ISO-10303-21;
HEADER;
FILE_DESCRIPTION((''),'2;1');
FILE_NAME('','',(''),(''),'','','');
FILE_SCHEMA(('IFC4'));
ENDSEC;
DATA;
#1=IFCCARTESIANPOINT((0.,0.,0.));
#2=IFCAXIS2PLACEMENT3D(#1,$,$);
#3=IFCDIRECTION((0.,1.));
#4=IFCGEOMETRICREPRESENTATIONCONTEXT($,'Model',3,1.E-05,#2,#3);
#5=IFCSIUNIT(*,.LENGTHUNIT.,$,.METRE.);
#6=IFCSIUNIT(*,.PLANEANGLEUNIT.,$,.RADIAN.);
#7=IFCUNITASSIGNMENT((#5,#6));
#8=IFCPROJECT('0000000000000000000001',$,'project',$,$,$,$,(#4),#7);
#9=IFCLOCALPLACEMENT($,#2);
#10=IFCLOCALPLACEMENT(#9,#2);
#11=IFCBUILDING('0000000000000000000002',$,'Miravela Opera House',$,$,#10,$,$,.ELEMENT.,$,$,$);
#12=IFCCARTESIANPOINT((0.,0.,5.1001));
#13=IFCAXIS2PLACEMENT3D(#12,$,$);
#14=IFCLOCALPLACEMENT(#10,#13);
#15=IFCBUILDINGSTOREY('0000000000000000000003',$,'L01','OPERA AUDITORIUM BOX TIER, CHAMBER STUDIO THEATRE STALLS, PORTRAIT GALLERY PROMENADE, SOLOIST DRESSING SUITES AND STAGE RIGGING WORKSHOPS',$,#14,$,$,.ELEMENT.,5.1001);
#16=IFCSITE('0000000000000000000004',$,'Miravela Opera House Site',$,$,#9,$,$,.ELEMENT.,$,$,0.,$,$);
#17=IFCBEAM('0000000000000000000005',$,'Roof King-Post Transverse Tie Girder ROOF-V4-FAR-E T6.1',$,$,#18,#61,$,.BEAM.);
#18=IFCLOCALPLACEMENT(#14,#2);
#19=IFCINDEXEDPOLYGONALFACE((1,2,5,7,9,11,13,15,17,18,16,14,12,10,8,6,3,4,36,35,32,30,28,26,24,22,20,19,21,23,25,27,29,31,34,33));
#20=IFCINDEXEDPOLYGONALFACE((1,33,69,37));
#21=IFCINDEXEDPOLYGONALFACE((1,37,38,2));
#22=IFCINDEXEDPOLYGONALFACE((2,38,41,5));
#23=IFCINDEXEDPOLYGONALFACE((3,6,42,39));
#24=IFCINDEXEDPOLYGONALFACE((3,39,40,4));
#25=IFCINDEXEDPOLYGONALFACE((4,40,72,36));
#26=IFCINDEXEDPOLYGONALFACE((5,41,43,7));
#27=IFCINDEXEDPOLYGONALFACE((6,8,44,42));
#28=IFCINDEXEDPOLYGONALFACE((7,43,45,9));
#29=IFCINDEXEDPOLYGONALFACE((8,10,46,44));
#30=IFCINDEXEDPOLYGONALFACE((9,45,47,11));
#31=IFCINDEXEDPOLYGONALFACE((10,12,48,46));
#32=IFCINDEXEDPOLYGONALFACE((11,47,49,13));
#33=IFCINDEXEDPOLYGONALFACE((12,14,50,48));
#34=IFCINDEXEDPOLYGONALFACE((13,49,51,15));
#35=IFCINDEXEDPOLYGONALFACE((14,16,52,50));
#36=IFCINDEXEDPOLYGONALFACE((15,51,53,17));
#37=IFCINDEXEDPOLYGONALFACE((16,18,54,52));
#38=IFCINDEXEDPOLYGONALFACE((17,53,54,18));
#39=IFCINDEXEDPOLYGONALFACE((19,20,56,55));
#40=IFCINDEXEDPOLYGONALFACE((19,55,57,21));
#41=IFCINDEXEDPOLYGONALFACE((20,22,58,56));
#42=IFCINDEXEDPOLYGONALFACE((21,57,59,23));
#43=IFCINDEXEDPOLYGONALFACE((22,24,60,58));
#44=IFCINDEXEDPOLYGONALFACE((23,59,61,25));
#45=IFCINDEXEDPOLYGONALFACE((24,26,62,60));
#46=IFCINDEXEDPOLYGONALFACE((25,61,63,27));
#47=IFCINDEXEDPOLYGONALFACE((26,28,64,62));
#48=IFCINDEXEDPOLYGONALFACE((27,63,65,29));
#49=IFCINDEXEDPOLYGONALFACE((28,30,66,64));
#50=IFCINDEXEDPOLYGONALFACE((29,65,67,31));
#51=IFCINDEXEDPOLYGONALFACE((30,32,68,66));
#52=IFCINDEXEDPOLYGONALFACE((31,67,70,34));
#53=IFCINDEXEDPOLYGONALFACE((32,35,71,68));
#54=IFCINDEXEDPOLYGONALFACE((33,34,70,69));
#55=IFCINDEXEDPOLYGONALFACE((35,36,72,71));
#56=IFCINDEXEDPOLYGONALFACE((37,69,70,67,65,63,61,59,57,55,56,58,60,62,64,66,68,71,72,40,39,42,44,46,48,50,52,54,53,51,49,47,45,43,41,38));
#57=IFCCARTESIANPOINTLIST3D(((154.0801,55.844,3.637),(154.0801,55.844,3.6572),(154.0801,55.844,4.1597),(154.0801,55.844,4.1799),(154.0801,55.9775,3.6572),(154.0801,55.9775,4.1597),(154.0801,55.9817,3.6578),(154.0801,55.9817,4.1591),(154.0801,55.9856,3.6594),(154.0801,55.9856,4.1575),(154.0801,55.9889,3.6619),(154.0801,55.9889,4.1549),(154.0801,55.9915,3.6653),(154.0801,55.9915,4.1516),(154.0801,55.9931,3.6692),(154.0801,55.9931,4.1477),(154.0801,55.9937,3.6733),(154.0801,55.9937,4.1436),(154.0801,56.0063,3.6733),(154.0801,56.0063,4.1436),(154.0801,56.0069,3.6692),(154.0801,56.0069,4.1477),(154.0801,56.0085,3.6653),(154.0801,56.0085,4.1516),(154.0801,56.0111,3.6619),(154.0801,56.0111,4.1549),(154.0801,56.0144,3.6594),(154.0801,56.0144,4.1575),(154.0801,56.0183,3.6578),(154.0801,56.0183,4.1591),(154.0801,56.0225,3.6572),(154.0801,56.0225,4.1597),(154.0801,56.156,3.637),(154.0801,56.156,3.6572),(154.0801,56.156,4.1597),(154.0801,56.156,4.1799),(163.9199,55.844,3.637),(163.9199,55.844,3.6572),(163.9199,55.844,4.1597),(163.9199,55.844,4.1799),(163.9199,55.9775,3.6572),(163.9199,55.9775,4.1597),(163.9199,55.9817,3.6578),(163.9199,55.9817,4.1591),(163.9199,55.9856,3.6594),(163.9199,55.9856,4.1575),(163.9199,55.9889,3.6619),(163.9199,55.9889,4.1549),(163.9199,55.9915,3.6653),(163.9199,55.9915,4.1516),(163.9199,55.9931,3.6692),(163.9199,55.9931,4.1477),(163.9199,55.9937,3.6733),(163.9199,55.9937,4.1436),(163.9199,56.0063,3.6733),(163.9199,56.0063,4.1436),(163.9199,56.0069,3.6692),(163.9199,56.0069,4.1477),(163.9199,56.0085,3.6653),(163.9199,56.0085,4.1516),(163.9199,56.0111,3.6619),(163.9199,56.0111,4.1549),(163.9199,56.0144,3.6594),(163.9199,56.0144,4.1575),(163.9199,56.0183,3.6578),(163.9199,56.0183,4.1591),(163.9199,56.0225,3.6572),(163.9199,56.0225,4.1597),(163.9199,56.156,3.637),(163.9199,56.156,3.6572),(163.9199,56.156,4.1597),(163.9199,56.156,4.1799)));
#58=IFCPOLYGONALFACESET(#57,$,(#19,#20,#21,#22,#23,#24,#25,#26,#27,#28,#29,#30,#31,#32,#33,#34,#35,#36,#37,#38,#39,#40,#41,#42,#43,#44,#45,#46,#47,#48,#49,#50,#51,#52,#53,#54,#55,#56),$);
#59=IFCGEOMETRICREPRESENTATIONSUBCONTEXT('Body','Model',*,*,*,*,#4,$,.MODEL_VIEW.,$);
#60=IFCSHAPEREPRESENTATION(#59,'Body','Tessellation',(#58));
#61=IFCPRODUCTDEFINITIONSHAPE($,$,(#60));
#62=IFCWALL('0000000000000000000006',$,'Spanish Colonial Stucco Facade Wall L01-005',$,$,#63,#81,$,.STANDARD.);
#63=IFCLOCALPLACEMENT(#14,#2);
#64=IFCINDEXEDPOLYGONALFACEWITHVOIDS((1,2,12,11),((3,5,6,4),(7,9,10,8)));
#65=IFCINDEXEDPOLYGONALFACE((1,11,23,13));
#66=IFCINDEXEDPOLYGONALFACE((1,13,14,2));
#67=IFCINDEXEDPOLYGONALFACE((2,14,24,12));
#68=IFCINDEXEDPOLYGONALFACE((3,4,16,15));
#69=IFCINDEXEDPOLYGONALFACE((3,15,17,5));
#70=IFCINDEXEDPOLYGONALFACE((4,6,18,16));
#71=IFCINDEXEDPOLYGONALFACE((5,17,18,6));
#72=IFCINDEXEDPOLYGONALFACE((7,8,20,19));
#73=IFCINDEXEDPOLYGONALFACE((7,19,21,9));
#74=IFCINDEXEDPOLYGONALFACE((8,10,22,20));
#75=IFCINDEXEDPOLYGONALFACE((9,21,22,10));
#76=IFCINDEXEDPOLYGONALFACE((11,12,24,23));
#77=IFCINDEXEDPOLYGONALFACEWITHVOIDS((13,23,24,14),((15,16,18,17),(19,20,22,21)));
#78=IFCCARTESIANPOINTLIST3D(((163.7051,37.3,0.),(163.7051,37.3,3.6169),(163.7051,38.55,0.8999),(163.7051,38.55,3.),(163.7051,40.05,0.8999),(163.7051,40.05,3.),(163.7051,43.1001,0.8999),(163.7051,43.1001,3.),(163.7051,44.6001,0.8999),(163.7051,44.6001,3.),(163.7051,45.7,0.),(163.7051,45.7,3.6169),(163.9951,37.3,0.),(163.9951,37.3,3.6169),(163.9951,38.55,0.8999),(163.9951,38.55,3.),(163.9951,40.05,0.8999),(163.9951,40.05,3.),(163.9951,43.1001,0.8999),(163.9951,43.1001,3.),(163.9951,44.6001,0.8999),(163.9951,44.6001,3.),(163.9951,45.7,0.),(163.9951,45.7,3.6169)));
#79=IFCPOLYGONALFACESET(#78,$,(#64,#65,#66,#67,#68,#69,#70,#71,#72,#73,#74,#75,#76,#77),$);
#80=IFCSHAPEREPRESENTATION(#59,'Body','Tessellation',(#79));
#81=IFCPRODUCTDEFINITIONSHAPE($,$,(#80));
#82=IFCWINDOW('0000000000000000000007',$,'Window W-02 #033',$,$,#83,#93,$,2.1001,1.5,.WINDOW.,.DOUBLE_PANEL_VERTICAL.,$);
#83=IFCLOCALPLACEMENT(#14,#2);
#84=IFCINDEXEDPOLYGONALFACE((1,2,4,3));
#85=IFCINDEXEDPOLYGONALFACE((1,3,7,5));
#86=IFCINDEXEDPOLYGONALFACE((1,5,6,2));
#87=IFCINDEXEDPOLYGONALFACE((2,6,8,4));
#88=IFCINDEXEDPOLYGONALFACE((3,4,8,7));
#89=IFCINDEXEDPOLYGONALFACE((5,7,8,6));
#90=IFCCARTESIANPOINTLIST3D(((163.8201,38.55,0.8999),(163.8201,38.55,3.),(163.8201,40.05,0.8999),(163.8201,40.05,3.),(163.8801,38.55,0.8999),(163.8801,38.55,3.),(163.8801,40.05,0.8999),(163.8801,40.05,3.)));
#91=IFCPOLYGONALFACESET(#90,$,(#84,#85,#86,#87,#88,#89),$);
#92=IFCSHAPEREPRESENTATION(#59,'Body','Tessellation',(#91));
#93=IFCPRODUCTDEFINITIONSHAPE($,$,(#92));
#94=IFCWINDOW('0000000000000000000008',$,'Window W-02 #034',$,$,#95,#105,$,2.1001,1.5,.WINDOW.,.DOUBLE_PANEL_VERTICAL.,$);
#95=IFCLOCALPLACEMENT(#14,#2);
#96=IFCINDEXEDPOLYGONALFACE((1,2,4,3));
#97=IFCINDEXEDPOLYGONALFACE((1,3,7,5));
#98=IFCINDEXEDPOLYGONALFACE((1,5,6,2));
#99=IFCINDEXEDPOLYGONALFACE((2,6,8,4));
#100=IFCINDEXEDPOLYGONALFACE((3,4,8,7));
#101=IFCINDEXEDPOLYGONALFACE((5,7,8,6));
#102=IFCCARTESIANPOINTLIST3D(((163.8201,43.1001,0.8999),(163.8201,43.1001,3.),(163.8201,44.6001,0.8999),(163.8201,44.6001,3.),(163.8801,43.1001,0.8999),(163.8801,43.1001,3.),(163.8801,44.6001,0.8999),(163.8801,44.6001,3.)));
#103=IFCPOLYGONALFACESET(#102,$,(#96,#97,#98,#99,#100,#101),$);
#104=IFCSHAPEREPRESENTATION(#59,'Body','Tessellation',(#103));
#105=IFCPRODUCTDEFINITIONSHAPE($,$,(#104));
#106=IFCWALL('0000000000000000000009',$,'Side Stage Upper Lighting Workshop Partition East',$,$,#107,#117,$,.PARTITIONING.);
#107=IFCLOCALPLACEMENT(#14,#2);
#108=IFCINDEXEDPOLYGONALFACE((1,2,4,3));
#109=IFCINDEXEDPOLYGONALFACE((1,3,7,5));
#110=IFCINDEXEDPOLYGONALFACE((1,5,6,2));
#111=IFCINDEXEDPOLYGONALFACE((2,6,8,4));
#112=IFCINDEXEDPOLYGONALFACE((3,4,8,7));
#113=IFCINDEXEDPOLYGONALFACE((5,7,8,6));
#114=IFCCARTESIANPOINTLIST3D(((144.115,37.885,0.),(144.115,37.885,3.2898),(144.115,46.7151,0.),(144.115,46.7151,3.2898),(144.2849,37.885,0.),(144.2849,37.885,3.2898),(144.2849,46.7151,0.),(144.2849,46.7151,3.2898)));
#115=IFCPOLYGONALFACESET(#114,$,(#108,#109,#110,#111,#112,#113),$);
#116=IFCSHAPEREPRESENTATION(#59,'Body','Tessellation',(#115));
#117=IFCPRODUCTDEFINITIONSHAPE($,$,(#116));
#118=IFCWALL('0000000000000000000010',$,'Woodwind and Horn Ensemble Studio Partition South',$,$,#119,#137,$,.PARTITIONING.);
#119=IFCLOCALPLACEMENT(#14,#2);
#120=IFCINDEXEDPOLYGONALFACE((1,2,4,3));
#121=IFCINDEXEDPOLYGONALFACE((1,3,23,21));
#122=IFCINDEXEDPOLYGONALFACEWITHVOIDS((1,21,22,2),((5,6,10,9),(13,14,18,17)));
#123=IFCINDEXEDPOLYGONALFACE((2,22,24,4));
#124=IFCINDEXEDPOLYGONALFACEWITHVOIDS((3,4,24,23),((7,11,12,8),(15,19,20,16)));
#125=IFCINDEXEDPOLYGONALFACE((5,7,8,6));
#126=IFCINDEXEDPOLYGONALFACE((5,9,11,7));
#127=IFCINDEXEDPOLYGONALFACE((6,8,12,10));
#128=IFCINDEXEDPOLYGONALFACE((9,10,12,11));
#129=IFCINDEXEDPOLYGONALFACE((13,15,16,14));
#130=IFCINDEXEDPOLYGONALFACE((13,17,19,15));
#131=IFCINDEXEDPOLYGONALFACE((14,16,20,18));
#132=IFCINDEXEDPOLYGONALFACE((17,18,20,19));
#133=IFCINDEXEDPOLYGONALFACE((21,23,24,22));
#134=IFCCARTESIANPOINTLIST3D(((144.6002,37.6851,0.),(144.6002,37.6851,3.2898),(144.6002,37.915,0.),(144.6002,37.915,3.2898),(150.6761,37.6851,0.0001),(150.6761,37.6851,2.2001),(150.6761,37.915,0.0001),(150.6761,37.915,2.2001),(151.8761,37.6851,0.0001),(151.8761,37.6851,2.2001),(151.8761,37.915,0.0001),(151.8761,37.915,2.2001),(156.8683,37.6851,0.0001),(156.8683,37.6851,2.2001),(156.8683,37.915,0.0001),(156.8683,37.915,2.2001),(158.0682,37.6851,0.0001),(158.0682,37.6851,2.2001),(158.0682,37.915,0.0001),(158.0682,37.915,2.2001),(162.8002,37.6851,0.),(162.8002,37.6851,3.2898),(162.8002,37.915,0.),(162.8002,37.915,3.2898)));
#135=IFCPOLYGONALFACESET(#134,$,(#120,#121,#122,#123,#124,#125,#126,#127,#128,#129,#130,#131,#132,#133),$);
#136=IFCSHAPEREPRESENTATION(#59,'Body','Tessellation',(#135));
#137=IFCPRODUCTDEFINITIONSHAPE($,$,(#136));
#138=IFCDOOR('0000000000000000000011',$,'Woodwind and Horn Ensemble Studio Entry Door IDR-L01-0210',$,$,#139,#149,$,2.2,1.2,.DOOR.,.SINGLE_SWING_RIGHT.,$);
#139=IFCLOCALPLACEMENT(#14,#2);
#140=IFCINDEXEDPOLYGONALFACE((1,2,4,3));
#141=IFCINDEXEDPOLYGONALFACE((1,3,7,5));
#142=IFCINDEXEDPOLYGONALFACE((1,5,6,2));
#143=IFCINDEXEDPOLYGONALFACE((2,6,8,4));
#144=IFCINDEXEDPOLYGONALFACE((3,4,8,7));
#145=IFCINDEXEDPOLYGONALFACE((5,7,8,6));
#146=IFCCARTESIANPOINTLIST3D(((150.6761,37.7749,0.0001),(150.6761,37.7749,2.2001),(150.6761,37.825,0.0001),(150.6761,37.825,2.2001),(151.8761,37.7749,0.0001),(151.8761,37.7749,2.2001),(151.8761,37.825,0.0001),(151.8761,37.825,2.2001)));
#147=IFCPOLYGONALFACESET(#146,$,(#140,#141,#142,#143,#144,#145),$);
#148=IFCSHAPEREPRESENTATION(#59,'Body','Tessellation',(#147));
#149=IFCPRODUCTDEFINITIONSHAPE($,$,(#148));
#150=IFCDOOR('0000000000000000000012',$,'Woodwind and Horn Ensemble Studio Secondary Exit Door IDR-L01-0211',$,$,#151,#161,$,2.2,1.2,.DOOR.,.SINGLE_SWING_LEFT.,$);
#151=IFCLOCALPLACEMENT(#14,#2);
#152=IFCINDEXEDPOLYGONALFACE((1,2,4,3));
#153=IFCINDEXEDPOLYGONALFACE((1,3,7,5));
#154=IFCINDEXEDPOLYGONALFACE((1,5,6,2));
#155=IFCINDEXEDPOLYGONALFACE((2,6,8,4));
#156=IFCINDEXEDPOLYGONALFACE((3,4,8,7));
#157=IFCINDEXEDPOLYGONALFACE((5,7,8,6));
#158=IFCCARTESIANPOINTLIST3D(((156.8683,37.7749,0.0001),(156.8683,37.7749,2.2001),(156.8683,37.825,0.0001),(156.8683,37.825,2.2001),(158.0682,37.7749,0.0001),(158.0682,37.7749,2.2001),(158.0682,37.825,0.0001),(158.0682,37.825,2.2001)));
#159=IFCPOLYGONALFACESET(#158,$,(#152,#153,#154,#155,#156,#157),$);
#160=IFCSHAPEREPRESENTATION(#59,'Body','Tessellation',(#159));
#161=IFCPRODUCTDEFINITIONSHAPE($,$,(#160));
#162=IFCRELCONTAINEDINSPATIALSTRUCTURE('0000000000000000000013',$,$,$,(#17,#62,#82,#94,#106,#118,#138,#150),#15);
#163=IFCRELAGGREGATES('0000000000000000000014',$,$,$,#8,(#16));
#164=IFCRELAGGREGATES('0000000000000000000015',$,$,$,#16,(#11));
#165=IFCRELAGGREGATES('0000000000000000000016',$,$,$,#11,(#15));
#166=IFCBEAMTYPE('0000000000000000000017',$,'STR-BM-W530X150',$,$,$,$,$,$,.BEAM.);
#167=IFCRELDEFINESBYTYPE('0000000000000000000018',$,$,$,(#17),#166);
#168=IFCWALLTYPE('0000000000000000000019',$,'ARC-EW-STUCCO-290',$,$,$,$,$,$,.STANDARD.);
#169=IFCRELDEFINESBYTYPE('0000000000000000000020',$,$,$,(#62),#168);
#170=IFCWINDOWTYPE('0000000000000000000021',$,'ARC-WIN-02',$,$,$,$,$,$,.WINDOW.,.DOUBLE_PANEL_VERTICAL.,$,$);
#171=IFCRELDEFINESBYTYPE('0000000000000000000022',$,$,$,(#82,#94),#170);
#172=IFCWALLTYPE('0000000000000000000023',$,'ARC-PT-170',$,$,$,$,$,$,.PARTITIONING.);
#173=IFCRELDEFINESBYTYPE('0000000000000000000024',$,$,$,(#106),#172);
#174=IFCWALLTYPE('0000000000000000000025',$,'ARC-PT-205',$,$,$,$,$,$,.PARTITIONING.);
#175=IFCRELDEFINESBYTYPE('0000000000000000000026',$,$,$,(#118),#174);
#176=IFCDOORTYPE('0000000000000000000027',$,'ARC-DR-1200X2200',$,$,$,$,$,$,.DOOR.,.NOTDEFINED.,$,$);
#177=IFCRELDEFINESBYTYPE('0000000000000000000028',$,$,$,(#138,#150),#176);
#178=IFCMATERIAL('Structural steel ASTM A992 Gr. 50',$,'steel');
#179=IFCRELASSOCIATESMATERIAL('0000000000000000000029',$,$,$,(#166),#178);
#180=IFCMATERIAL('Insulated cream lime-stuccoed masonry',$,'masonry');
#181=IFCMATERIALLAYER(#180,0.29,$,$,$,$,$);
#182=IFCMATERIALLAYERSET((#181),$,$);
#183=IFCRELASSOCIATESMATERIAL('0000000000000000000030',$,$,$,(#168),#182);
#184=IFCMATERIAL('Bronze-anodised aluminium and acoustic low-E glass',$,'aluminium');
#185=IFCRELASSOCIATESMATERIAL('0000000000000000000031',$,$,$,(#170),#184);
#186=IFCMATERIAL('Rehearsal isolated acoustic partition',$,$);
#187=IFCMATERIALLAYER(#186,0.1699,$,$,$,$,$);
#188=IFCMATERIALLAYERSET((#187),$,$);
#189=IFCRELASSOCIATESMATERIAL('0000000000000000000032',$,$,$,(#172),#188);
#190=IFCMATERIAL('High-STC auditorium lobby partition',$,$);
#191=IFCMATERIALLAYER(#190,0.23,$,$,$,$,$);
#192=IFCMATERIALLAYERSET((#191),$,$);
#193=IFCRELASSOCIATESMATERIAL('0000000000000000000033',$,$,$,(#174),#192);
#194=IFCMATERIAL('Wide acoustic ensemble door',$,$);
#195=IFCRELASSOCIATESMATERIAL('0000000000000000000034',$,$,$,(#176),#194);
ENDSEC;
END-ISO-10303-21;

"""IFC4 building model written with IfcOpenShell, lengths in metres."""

from ifc_helpers import new_model, si_unit, direction, frame, frame_2d, origin, origin_2d, place, context, subcontext, project, spatial, rectangle, i_section, extrude, material, layer, layer_set, material_profile, profile_set, type_object, element, fill, save


model = new_model("IFC4")

# Units and contexts
model_context = context("Model", 3, precision=1e-05, world=origin(), true_north=direction((0.0, 1.0)))
body_context = subcontext(model_context, "Body", "Model", "MODEL_VIEW")
ifc_project = project(units=[si_unit("LENGTHUNIT", "METRE"), si_unit("PLANEANGLEUNIT", "RADIAN")], contexts=[model_context])

# Site, building, storey
site_placement = place(None, origin())
site = spatial("IfcSite", under=ifc_project, at=site_placement, Name="Miravela Opera House Site", CompositionType="ELEMENT", RefElevation=0.0)
building_placement = place(site_placement, origin())
building = spatial("IfcBuilding", under=site, at=building_placement, Name="Miravela Opera House", CompositionType="ELEMENT")
storey_placement = place(building_placement, frame((0.0, 0.0, 5.1001)))
storey = spatial("IfcBuildingStorey", under=building, at=storey_placement, Name="L01", Description="OPERA AUDITORIUM BOX TIER, CHAMBER STUDIO THEATRE STALLS, PORTRAIT GALLERY PROMENADE, SOLOIST DRESSING SUITES AND STAGE RIGGING WORKSHOPS", CompositionType="ELEMENT", Elevation=5.1001)

# Beam
ifc_material_1 = material(Name="Structural steel ASTM A992 Gr. 50", Category="steel")
ifc_material_profile_1 = material_profile(ifc_material_1, i_section(OverallWidth=0.312, OverallDepth=0.543, WebThickness=0.0127, FlangeThickness=0.0203, FilletRadius=0.0161, at=origin_2d()), Name="W530X150")
ifc_profile_set_1 = profile_set([ifc_material_profile_1])
beam_type_1 = type_object("IfcBeamType", Name="STR-BM-W530X150", PredefinedType="BEAM", material=ifc_profile_set_1)
for number, where, z_axis, x_axis, name in (
    (1, (154.0801, 56.0, 3.9084), (1.0, 0.0, 0.0), (0.0, 1.0, 0.0), "Roof King-Post Transverse Tie Girder ROOF-V4-FAR-E T6.1"),
):
    element("IfcBeam", number, at=place(storey_placement, frame(where, z_axis=z_axis, x_axis=x_axis)), inside=storey, type_object=beam_type_1, Name=name, PredefinedType="BEAM", context=body_context, shape_type="SweptSolid", body=[
        extrude(i_section(OverallWidth=0.312, OverallDepth=0.543, WebThickness=0.0127, FlangeThickness=0.0203, FilletRadius=0.0161, at=origin_2d()), origin(), (0.0, 0.0, 1.0), 9.8398),
    ])

# Wall, openings, windows
ifc_material_2 = material(Name="Insulated cream lime-stuccoed masonry", Category="masonry")
ifc_layer_1 = layer(ifc_material_2, 0.29)
ifc_layer_set_1 = layer_set([ifc_layer_1])
wall_type_1 = type_object("IfcWallType", Name="ARC-EW-STUCCO-290", PredefinedType="STANDARD", material=ifc_layer_set_1)
wall_1_placement = place(storey_placement, frame((163.8501, 37.3, 0.0), z_axis=(0.0, 0.0, 1.0), x_axis=(0.0, 1.0, 0.0)))
wall_1 = element("IfcWall", 2, at=wall_1_placement, inside=storey, type_object=wall_type_1, Name="Spanish Colonial Stucco Facade Wall L01-005", PredefinedType="STANDARD", context=body_context, shape_type="SweptSolid", body=[
    extrude(rectangle(XDim=8.3999, YDim=0.29, at=frame_2d((4.2, 0.0))), origin(), (0.0, 0.0, 1.0), 3.6169),
])
opening_1_placement = place(wall_1_placement, frame((1.25, 0.0, 0.8999)))
opening_1 = element("IfcOpeningElement", 3, at=opening_1_placement, cuts=wall_1, PredefinedType="OPENING", context=body_context, shape_type="SweptSolid", body=[
    extrude(rectangle(XDim=1.5, YDim=2.1001, at=frame_2d((0.75, 1.05))), frame((0.0, 0.155, 0.0), z_axis=(0.0, -1.0, 0.0), x_axis=(1.0, 0.0, 0.0)), (0.0, 0.0, 1.0), 0.3101),
])
opening_2_placement = place(wall_1_placement, frame((5.8, 0.0, 0.8999)))
opening_2 = element("IfcOpeningElement", 4, at=opening_2_placement, cuts=wall_1, PredefinedType="OPENING", context=body_context, shape_type="SweptSolid", body=[
    extrude(rectangle(XDim=1.5, YDim=2.1001, at=frame_2d((0.75, 1.05))), frame((0.0, 0.155, 0.0), z_axis=(0.0, -1.0, 0.0), x_axis=(1.0, 0.0, 0.0)), (0.0, 0.0, 1.0), 0.3101),
])
ifc_material_3 = material(Name="Bronze-anodised aluminium and acoustic low-E glass", Category="aluminium")
window_type = type_object("IfcWindowType", Name="ARC-WIN-02", PartitioningType="DOUBLE_PANEL_VERTICAL", PredefinedType="WINDOW", material=ifc_material_3)
window_1_placement = place(opening_1_placement, origin())
window_1 = element("IfcWindow", 5, at=window_1_placement, inside=storey, type_object=window_type, Name="Window W-02 #033", OverallHeight=2.1001, OverallWidth=1.5, PartitioningType="DOUBLE_PANEL_VERTICAL", PredefinedType="WINDOW", context=body_context, shape_type="SweptSolid", body=[
    extrude(rectangle(XDim=1.5, YDim=2.1001, at=frame_2d((0.75, 1.05))), frame((0.0, 0.03, 0.0), z_axis=(0.0, -1.0, 0.0), x_axis=(1.0, 0.0, 0.0)), (0.0, 0.0, 1.0), 0.0601),
])
fill(opening_1, window_1)
window_2_placement = place(opening_2_placement, origin())
window_2 = element("IfcWindow", 6, at=window_2_placement, inside=storey, type_object=window_type, Name="Window W-02 #034", OverallHeight=2.1001, OverallWidth=1.5, PartitioningType="DOUBLE_PANEL_VERTICAL", PredefinedType="WINDOW", context=body_context, shape_type="SweptSolid", body=[
    extrude(rectangle(XDim=1.5, YDim=2.1001, at=frame_2d((0.75, 1.05))), frame((0.0, 0.03, 0.0), z_axis=(0.0, -1.0, 0.0), x_axis=(1.0, 0.0, 0.0)), (0.0, 0.0, 1.0), 0.0601),
])
fill(opening_2, window_2)

# Wall
ifc_material_4 = material(Name="Rehearsal isolated acoustic partition")
ifc_layer_2 = layer(ifc_material_4, 0.1699)
ifc_layer_set_2 = layer_set([ifc_layer_2])
wall_type_2 = type_object("IfcWallType", Name="ARC-PT-170", PredefinedType="PARTITIONING", material=ifc_layer_set_2)
wall_2_placement = place(storey_placement, frame((144.2, 37.885, 0.0), z_axis=(0.0, 0.0, 1.0), x_axis=(0.0, 1.0, 0.0)))
element("IfcWall", 7, at=wall_2_placement, inside=storey, type_object=wall_type_2, Name="Side Stage Upper Lighting Workshop Partition East", PredefinedType="PARTITIONING", context=body_context, shape_type="SweptSolid", body=[
    extrude(rectangle(XDim=8.8301, YDim=0.1699, at=frame_2d((4.415, 0.0))), origin(), (0.0, 0.0, 1.0), 3.2898),
])

# Wall, openings, doors
ifc_material_5 = material(Name="High-STC auditorium lobby partition")
ifc_layer_3 = layer(ifc_material_5, 0.23)
ifc_layer_set_3 = layer_set([ifc_layer_3])
wall_type_3 = type_object("IfcWallType", Name="ARC-PT-205", PredefinedType="PARTITIONING", material=ifc_layer_set_3)
wall_3_placement = place(storey_placement, frame((144.6001, 37.8, 0.0), z_axis=(0.0, 0.0, 1.0), x_axis=(1.0, 0.0, 0.0)))
wall_3 = element("IfcWall", 8, at=wall_3_placement, inside=storey, type_object=wall_type_3, Name="Woodwind and Horn Ensemble Studio Partition South", PredefinedType="PARTITIONING", context=body_context, shape_type="SweptSolid", body=[
    extrude(rectangle(XDim=18.2, YDim=0.23, at=frame_2d((9.1001, 0.0))), origin(), (0.0, 0.0, 1.0), 3.2898),
])
opening_3_placement = place(wall_3_placement, frame((6.0759, 0.0, 0.0)))
opening_3 = element("IfcOpeningElement", 9, at=opening_3_placement, cuts=wall_3, PredefinedType="OPENING", context=body_context, shape_type="SweptSolid", body=[
    extrude(rectangle(XDim=1.2, YDim=2.2, at=frame_2d((0.6001, 1.1001))), frame((0.0, 0.125, 0.0), z_axis=(0.0, -1.0, 0.0), x_axis=(1.0, 0.0, 0.0)), (0.0, 0.0, 1.0), 0.25),
])
opening_4_placement = place(wall_3_placement, frame((12.2681, 0.0, 0.0)))
opening_4 = element("IfcOpeningElement", 10, at=opening_4_placement, cuts=wall_3, PredefinedType="OPENING", context=body_context, shape_type="SweptSolid", body=[
    extrude(rectangle(XDim=1.2, YDim=2.2, at=frame_2d((0.6001, 1.1001))), frame((0.0, 0.125, 0.0), z_axis=(0.0, -1.0, 0.0), x_axis=(1.0, 0.0, 0.0)), (0.0, 0.0, 1.0), 0.25),
])
ifc_material_6 = material(Name="Wide acoustic ensemble door")
door_type = type_object("IfcDoorType", Name="ARC-DR-1200X2200", OperationType="NOTDEFINED", PredefinedType="DOOR", material=ifc_material_6)
door_1_placement = place(opening_3_placement, origin())
door_1 = element("IfcDoor", 11, at=door_1_placement, inside=storey, type_object=door_type, Name="Woodwind and Horn Ensemble Studio Entry Door IDR-L01-0210", OperationType="SINGLE_SWING_RIGHT", OverallHeight=2.2, OverallWidth=1.2, PredefinedType="DOOR", context=body_context, shape_type="SweptSolid", body=[
    extrude(rectangle(XDim=1.2, YDim=2.2, at=frame_2d((0.6001, 1.1001))), frame((0.0, 0.0249, 0.0), z_axis=(0.0, -1.0, 0.0), x_axis=(1.0, 0.0, 0.0)), (0.0, 0.0, 1.0), 0.05),
])
fill(opening_3, door_1)
door_2_placement = place(opening_4_placement, origin())
door_2 = element("IfcDoor", 12, at=door_2_placement, inside=storey, type_object=door_type, Name="Woodwind and Horn Ensemble Studio Secondary Exit Door IDR-L01-0211", OperationType="SINGLE_SWING_LEFT", OverallHeight=2.2, OverallWidth=1.2, PredefinedType="DOOR", context=body_context, shape_type="SweptSolid", body=[
    extrude(rectangle(XDim=1.2, YDim=2.2, at=frame_2d((0.6001, 1.1001))), frame((0.0, 0.0249, 0.0), z_axis=(0.0, -1.0, 0.0), x_axis=(1.0, 0.0, 0.0)), (0.0, 0.0, 1.0), 0.05),
])
fill(opening_4, door_2)

save(model, "model.ifc")
